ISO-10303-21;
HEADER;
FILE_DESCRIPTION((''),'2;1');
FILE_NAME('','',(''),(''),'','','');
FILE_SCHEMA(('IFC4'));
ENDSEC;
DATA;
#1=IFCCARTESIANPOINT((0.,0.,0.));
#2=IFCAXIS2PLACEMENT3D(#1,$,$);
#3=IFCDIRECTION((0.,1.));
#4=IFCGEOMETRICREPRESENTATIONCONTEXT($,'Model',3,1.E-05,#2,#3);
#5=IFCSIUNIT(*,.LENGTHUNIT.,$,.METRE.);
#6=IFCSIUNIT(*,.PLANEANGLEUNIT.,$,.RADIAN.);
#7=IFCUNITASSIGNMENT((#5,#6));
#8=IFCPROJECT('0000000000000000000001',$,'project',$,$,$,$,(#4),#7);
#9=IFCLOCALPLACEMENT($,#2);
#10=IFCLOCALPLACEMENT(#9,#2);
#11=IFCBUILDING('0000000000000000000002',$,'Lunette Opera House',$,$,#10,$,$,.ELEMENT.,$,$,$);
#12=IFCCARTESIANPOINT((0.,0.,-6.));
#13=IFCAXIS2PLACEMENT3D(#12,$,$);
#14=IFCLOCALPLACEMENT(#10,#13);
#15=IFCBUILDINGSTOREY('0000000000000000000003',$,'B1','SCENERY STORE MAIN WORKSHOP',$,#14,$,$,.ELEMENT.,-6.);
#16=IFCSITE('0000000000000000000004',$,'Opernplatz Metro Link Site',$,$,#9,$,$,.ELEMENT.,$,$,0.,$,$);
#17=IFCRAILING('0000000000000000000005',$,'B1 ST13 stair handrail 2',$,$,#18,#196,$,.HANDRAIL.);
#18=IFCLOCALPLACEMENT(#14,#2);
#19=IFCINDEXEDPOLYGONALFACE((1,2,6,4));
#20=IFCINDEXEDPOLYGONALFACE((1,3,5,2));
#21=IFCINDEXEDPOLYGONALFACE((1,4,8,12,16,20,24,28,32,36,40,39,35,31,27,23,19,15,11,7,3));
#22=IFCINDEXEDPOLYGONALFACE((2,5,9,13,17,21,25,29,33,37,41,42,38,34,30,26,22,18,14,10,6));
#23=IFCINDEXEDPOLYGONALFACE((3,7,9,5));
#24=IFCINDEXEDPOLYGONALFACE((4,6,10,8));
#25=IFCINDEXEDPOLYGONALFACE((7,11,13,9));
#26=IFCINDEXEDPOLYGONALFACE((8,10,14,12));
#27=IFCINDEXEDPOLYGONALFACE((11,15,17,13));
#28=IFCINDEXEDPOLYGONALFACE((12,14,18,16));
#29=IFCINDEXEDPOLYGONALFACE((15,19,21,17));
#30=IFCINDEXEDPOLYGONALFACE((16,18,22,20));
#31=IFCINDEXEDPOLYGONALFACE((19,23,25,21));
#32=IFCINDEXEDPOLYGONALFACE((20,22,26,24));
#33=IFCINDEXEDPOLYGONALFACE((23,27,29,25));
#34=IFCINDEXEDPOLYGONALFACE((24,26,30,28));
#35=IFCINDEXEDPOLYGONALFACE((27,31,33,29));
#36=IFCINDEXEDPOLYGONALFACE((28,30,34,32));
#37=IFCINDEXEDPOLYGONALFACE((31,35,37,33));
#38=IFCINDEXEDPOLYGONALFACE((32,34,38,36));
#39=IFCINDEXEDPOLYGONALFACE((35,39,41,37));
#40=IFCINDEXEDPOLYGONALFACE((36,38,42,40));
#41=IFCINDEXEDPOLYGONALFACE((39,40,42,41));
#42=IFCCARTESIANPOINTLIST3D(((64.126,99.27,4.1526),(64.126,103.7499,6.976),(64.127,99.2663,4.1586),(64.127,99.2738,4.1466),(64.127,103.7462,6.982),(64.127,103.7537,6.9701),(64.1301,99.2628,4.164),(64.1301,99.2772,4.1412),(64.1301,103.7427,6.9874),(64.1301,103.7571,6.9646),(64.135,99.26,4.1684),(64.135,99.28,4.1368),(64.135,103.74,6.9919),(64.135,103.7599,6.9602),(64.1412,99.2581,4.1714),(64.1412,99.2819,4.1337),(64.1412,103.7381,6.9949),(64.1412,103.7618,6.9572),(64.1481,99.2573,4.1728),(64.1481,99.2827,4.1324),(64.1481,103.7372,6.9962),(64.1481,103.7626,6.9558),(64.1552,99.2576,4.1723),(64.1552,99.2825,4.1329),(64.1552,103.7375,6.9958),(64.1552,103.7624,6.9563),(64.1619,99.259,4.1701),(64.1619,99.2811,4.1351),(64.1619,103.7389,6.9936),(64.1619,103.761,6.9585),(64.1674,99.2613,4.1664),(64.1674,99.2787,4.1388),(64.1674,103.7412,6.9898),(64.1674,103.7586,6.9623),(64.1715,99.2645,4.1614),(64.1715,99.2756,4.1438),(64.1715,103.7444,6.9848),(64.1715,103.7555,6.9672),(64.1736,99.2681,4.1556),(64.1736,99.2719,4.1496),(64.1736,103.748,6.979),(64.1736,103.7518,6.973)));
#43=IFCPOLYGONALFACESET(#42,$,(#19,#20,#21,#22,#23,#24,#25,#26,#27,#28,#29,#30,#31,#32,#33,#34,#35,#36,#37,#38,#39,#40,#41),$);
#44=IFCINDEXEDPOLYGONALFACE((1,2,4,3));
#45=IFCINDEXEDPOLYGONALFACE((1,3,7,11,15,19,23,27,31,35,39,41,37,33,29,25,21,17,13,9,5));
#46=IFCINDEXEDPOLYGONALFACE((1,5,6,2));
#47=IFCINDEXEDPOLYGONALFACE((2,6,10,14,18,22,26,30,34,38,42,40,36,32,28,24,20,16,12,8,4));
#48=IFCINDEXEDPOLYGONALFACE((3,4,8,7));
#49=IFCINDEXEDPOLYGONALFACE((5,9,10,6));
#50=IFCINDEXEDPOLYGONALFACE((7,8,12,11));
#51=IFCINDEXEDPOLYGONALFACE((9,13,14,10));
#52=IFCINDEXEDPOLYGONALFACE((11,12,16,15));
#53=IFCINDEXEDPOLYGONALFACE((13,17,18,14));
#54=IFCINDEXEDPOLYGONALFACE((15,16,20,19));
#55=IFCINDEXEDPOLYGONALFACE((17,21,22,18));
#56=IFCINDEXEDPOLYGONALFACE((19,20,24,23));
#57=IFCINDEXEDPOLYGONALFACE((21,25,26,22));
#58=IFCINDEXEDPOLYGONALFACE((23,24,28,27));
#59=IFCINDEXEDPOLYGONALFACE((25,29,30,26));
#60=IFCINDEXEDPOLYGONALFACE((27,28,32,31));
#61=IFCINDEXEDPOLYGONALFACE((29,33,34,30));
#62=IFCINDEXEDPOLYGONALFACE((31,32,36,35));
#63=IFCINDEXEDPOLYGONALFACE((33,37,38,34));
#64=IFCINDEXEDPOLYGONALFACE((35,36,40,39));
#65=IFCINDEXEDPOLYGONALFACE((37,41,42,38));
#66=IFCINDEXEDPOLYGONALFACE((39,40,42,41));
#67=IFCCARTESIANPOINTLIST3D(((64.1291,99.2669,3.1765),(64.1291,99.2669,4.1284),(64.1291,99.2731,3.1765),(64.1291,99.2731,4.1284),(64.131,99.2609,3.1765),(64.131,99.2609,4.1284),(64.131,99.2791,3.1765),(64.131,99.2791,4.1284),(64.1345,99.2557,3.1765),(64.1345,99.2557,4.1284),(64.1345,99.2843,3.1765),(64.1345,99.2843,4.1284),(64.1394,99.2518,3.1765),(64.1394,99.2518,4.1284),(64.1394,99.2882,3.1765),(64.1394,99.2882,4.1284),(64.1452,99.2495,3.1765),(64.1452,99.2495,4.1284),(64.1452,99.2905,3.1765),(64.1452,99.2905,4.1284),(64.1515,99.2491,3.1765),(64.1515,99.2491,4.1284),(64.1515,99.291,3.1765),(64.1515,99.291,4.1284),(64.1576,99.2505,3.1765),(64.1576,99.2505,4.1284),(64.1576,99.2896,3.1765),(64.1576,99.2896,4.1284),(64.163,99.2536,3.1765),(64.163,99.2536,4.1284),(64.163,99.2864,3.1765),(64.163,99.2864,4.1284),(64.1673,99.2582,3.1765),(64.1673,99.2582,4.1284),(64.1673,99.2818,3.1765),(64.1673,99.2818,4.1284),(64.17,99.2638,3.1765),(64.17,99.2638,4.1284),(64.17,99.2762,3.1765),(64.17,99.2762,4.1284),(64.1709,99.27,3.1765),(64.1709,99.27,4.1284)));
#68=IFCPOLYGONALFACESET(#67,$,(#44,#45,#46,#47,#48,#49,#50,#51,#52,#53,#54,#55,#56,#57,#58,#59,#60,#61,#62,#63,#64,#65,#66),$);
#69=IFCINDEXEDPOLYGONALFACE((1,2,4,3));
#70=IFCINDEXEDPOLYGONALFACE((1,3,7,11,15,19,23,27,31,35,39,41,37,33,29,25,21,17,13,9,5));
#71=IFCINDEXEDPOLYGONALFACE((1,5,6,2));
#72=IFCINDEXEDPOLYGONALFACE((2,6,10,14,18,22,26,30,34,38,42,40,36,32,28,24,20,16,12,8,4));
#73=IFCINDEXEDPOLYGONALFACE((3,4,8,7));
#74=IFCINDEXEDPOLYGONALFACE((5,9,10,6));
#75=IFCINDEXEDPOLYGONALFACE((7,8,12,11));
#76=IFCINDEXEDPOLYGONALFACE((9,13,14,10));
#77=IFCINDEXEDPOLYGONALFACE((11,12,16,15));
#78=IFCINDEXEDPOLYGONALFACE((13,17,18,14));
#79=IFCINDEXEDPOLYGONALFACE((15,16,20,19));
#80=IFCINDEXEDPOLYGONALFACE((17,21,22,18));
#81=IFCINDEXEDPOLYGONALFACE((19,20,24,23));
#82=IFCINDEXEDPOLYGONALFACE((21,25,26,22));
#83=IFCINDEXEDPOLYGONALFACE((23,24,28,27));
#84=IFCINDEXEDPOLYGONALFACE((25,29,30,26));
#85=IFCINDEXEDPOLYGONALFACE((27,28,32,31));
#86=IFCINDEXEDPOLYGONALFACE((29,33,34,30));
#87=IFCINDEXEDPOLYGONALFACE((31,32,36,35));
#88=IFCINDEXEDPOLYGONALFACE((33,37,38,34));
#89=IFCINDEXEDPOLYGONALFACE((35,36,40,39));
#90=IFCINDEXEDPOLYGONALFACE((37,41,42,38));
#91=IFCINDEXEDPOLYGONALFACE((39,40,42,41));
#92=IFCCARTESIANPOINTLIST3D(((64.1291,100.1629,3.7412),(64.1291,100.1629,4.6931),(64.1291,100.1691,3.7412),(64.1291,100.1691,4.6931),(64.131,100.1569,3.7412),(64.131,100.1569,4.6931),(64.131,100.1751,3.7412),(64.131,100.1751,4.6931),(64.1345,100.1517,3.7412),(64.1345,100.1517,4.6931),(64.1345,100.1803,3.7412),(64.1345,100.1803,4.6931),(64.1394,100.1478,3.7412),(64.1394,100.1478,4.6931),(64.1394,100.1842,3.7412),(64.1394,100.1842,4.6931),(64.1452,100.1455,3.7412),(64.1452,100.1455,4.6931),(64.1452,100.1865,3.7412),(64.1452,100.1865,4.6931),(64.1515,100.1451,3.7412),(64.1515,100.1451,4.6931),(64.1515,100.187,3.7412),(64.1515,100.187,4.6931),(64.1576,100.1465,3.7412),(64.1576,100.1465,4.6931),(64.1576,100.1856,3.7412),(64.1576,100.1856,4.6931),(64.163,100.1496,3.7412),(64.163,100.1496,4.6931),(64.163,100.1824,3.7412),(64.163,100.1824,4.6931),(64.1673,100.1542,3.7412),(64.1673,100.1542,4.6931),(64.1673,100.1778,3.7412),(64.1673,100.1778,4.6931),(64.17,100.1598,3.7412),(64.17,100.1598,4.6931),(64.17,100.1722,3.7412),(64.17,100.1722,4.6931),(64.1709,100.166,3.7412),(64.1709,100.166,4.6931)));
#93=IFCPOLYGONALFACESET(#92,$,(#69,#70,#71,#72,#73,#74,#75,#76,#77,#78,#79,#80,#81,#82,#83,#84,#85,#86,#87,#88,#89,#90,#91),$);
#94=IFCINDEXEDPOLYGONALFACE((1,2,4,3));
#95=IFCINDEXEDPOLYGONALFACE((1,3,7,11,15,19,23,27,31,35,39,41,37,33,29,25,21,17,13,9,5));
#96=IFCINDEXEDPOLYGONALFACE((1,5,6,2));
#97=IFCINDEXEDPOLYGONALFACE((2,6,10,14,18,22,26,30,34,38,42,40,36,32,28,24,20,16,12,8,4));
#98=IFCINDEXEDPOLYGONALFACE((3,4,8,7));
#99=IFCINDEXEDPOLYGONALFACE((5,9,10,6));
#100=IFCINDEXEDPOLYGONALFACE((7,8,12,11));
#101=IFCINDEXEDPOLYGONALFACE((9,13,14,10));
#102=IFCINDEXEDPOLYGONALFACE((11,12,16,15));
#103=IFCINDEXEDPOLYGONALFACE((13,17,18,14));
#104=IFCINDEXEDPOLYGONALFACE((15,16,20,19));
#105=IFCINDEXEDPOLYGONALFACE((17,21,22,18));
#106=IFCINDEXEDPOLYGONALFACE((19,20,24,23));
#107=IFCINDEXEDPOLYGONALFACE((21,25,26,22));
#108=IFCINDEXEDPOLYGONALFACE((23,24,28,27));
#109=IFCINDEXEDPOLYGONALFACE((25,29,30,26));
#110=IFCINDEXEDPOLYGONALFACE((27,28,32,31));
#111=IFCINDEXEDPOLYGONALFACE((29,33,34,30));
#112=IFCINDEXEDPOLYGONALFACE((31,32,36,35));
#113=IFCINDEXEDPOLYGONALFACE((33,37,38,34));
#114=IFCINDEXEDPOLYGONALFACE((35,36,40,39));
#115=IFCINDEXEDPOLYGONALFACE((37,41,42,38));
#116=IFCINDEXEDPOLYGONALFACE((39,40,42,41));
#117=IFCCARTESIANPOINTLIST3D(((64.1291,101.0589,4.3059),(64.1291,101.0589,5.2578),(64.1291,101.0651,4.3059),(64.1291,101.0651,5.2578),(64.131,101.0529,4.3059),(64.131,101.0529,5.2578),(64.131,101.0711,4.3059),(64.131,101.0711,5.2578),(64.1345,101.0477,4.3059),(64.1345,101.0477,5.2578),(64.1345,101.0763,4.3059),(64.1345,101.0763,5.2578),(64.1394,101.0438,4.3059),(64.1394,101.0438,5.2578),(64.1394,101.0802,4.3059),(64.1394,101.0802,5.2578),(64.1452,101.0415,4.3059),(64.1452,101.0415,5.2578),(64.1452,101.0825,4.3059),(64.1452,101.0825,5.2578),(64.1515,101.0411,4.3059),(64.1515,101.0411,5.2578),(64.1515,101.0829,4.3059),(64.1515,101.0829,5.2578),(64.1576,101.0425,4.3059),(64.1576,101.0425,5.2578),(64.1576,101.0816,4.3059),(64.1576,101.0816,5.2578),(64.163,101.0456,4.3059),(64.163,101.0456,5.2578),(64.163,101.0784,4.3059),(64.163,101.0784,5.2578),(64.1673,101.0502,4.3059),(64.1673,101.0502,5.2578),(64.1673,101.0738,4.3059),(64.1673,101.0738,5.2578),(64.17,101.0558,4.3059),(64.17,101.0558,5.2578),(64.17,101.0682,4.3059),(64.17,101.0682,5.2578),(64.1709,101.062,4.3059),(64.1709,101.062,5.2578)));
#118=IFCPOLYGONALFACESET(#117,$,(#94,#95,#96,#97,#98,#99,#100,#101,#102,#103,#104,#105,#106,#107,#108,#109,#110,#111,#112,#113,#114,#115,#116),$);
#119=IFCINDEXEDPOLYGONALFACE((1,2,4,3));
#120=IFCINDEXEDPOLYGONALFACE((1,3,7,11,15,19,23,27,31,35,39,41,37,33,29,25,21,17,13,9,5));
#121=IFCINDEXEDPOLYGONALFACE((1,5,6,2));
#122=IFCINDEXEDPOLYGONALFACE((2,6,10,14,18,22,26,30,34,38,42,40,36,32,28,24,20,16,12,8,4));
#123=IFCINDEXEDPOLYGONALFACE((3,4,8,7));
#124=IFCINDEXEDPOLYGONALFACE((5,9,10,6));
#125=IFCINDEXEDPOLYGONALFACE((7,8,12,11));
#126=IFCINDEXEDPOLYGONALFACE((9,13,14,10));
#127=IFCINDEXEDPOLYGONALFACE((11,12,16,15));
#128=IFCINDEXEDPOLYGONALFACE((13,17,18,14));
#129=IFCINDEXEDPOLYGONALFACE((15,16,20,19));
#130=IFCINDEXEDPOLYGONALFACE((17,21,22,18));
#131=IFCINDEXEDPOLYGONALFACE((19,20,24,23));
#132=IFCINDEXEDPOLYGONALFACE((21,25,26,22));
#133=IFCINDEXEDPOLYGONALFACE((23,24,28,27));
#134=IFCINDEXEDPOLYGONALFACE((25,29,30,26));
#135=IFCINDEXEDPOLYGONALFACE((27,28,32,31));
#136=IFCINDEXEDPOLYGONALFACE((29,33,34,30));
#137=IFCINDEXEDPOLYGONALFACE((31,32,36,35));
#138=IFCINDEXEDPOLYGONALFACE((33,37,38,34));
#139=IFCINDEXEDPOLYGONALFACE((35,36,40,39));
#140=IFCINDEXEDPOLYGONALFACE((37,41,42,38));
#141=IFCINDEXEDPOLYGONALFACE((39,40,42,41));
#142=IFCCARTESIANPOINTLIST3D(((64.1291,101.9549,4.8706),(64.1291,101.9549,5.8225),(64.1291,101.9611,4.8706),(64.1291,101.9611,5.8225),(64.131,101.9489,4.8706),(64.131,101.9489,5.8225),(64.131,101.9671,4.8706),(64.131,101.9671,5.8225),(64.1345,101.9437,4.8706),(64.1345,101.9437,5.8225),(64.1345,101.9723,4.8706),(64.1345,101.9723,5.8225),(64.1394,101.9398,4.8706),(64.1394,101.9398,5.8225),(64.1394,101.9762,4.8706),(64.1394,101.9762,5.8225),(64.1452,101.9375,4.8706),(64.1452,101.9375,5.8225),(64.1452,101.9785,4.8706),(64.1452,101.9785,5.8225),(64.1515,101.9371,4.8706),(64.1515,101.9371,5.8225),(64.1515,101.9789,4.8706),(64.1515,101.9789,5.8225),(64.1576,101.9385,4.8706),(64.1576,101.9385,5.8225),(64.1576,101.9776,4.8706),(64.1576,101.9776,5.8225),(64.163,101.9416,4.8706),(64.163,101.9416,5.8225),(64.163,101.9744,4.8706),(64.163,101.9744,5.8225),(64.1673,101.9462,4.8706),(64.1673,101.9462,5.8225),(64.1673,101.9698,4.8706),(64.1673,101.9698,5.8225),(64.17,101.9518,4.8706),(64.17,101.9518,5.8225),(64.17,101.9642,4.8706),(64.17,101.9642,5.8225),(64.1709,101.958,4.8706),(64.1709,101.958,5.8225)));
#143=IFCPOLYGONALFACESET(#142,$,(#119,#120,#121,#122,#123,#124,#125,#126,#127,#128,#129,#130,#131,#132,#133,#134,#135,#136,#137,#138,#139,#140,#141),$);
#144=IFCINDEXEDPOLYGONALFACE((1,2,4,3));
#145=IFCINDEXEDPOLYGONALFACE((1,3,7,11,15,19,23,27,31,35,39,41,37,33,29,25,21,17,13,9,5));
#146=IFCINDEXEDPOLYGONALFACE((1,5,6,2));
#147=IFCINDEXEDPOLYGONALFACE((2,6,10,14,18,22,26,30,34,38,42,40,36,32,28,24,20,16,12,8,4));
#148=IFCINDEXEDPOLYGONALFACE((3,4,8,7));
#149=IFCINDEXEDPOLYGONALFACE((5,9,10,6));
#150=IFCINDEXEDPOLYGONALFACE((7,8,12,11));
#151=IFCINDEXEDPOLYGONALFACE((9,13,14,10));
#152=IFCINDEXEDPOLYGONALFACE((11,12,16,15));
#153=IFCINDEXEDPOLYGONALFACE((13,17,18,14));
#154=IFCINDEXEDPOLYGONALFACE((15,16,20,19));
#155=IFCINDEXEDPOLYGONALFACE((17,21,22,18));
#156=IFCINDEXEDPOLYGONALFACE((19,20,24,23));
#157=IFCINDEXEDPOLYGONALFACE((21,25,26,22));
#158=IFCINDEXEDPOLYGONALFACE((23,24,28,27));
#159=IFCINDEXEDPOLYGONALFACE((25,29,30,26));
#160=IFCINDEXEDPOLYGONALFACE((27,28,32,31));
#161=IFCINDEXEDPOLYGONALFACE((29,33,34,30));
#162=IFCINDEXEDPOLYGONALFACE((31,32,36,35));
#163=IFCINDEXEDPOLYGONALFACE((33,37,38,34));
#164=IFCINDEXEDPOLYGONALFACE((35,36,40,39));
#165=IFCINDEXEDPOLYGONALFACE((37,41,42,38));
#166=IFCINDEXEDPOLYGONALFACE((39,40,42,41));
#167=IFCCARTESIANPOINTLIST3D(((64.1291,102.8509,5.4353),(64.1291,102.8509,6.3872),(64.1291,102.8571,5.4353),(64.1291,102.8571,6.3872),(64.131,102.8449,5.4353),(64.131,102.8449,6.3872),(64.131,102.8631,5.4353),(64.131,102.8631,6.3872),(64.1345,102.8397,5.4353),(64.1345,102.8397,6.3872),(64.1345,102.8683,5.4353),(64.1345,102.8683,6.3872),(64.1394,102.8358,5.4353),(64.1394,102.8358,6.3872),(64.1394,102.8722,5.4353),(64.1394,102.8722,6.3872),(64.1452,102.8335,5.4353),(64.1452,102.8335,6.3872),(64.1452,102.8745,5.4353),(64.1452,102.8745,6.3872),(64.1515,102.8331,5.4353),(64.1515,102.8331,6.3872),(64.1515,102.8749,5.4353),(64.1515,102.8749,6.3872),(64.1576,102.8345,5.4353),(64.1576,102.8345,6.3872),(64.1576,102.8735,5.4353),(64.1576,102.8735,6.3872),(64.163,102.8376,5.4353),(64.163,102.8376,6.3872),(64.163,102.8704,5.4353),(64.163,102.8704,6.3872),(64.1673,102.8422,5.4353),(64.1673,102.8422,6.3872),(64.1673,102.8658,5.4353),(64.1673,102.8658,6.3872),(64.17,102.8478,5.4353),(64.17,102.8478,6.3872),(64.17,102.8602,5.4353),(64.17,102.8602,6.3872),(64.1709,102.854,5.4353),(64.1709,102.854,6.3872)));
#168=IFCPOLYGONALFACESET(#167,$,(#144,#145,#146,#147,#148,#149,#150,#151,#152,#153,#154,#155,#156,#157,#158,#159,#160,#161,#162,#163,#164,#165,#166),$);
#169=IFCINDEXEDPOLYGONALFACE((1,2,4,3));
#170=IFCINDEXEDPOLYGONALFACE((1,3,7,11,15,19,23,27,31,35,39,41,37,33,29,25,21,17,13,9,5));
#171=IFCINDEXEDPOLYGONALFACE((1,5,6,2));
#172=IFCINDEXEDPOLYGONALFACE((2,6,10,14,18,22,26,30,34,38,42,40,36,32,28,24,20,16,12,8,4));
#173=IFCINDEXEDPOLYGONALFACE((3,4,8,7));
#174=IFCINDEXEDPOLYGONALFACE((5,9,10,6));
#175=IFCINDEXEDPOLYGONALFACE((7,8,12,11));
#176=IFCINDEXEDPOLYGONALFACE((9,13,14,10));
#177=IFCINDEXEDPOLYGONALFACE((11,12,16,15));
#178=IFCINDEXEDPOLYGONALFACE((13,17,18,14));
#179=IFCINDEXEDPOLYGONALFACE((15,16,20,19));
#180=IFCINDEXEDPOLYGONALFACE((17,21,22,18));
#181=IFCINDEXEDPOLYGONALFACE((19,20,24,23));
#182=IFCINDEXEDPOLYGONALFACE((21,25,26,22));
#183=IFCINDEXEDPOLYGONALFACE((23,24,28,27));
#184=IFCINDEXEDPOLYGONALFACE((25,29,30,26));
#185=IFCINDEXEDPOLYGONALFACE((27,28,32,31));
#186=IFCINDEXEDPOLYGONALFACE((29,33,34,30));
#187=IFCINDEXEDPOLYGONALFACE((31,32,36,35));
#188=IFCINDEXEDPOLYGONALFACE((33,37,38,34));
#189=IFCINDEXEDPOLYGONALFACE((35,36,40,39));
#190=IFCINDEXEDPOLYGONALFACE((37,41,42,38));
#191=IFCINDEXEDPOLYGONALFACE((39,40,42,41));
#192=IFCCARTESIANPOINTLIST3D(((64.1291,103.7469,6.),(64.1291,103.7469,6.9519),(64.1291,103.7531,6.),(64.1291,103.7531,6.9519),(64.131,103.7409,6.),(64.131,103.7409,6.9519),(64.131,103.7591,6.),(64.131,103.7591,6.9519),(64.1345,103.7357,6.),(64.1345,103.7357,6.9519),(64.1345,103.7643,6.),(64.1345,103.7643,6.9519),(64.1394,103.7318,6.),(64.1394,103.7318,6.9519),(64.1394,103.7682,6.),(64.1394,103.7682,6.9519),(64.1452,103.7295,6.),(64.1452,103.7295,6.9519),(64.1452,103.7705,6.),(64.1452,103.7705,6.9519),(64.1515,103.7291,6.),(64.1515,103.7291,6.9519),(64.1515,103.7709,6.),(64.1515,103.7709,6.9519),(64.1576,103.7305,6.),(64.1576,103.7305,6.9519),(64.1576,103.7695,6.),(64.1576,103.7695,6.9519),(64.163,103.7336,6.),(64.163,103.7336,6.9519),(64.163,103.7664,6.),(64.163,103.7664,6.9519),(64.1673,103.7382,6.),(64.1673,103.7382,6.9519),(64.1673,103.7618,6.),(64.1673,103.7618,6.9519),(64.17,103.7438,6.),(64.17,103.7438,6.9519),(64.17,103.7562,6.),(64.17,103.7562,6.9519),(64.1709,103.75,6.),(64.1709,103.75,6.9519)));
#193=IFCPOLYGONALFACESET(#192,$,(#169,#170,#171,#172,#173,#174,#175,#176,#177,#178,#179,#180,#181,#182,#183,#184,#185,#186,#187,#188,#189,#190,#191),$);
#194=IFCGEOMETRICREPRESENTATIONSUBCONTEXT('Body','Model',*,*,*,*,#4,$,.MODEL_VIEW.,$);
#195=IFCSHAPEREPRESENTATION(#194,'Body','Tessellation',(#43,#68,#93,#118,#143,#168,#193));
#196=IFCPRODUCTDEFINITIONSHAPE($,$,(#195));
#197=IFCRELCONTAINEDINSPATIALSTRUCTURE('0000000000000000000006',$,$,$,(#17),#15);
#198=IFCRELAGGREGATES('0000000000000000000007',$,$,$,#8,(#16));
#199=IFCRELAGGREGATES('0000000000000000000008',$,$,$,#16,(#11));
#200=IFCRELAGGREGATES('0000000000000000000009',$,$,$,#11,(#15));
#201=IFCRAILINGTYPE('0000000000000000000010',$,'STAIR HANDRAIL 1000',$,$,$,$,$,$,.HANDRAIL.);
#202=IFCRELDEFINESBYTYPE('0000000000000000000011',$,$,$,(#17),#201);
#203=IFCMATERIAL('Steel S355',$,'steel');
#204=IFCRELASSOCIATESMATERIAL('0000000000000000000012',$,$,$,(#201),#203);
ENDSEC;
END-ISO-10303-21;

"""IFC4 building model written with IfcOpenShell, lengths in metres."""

from ifc_helpers import new_model, si_unit, direction, frame, origin, origin_2d, place, context, subcontext, project, spatial, circle, extrude, material, type_object, element, save


model = new_model("IFC4")

# Units and contexts
model_context = context("Model", 3, precision=1e-05, world=origin(), true_north=direction((0.0, 1.0)))
body_context = subcontext(model_context, "Body", "Model", "MODEL_VIEW")
ifc_project = project(units=[si_unit("LENGTHUNIT", "METRE"), si_unit("PLANEANGLEUNIT", "RADIAN")], contexts=[model_context])

# Site, building, storey
site_placement = place(None, origin())
site = spatial("IfcSite", under=ifc_project, at=site_placement, Name="Opernplatz Metro Link Site", CompositionType="ELEMENT", RefElevation=0.0)
building_placement = place(site_placement, origin())
building = spatial("IfcBuilding", under=site, at=building_placement, Name="Lunette Opera House", CompositionType="ELEMENT")
storey_placement = place(building_placement, frame((0.0, 0.0, -6.0)))
storey = spatial("IfcBuildingStorey", under=building, at=storey_placement, Name="B1", Description="SCENERY STORE MAIN WORKSHOP", CompositionType="ELEMENT", Elevation=-6.0)

# Railing
ifc_material_1 = material(Name="Steel S355", Category="steel")
railing_type_1 = type_object("IfcRailingType", Name="STAIR HANDRAIL 1000", PredefinedType="HANDRAIL", material=ifc_material_1)
railing_1_placement = place(storey_placement, frame((64.1499, 99.27, 3.1765)))
element("IfcRailing", 1, at=railing_1_placement, inside=storey, type_object=railing_type_1, Name="B1 ST13 stair handrail 2", PredefinedType="HANDRAIL", context=body_context, shape_type="SweptSolid", body=[
    extrude(circle(Radius=0.0239, at=origin_2d()), frame((0.0, 0.0, 0.9761), z_axis=(0.0, 0.845998, 0.533186), x_axis=(-1.0, 0.0, 0.0)), (0.0, 0.0, 1.0), 5.2954),
    extrude(circle(Radius=0.021, at=origin_2d()), origin(), (0.0, 0.0, 1.0), 0.9519),
    extrude(circle(Radius=0.021, at=origin_2d()), frame((0.0, 0.896, 0.5647)), (0.0, 0.0, 1.0), 0.9519),
    extrude(circle(Radius=0.021, at=origin_2d()), frame((0.0, 1.792, 1.1294)), (0.0, 0.0, 1.0), 0.9519),
    extrude(circle(Radius=0.021, at=origin_2d()), frame((0.0, 2.688, 1.6941)), (0.0, 0.0, 1.0), 0.9519),
    extrude(circle(Radius=0.021, at=origin_2d()), frame((0.0, 3.584, 2.2588)), (0.0, 0.0, 1.0), 0.9519),
    extrude(circle(Radius=0.021, at=origin_2d()), frame((0.0, 4.48, 2.8235)), (0.0, 0.0, 1.0), 0.9519),
])

save(model, "model.ifc")
